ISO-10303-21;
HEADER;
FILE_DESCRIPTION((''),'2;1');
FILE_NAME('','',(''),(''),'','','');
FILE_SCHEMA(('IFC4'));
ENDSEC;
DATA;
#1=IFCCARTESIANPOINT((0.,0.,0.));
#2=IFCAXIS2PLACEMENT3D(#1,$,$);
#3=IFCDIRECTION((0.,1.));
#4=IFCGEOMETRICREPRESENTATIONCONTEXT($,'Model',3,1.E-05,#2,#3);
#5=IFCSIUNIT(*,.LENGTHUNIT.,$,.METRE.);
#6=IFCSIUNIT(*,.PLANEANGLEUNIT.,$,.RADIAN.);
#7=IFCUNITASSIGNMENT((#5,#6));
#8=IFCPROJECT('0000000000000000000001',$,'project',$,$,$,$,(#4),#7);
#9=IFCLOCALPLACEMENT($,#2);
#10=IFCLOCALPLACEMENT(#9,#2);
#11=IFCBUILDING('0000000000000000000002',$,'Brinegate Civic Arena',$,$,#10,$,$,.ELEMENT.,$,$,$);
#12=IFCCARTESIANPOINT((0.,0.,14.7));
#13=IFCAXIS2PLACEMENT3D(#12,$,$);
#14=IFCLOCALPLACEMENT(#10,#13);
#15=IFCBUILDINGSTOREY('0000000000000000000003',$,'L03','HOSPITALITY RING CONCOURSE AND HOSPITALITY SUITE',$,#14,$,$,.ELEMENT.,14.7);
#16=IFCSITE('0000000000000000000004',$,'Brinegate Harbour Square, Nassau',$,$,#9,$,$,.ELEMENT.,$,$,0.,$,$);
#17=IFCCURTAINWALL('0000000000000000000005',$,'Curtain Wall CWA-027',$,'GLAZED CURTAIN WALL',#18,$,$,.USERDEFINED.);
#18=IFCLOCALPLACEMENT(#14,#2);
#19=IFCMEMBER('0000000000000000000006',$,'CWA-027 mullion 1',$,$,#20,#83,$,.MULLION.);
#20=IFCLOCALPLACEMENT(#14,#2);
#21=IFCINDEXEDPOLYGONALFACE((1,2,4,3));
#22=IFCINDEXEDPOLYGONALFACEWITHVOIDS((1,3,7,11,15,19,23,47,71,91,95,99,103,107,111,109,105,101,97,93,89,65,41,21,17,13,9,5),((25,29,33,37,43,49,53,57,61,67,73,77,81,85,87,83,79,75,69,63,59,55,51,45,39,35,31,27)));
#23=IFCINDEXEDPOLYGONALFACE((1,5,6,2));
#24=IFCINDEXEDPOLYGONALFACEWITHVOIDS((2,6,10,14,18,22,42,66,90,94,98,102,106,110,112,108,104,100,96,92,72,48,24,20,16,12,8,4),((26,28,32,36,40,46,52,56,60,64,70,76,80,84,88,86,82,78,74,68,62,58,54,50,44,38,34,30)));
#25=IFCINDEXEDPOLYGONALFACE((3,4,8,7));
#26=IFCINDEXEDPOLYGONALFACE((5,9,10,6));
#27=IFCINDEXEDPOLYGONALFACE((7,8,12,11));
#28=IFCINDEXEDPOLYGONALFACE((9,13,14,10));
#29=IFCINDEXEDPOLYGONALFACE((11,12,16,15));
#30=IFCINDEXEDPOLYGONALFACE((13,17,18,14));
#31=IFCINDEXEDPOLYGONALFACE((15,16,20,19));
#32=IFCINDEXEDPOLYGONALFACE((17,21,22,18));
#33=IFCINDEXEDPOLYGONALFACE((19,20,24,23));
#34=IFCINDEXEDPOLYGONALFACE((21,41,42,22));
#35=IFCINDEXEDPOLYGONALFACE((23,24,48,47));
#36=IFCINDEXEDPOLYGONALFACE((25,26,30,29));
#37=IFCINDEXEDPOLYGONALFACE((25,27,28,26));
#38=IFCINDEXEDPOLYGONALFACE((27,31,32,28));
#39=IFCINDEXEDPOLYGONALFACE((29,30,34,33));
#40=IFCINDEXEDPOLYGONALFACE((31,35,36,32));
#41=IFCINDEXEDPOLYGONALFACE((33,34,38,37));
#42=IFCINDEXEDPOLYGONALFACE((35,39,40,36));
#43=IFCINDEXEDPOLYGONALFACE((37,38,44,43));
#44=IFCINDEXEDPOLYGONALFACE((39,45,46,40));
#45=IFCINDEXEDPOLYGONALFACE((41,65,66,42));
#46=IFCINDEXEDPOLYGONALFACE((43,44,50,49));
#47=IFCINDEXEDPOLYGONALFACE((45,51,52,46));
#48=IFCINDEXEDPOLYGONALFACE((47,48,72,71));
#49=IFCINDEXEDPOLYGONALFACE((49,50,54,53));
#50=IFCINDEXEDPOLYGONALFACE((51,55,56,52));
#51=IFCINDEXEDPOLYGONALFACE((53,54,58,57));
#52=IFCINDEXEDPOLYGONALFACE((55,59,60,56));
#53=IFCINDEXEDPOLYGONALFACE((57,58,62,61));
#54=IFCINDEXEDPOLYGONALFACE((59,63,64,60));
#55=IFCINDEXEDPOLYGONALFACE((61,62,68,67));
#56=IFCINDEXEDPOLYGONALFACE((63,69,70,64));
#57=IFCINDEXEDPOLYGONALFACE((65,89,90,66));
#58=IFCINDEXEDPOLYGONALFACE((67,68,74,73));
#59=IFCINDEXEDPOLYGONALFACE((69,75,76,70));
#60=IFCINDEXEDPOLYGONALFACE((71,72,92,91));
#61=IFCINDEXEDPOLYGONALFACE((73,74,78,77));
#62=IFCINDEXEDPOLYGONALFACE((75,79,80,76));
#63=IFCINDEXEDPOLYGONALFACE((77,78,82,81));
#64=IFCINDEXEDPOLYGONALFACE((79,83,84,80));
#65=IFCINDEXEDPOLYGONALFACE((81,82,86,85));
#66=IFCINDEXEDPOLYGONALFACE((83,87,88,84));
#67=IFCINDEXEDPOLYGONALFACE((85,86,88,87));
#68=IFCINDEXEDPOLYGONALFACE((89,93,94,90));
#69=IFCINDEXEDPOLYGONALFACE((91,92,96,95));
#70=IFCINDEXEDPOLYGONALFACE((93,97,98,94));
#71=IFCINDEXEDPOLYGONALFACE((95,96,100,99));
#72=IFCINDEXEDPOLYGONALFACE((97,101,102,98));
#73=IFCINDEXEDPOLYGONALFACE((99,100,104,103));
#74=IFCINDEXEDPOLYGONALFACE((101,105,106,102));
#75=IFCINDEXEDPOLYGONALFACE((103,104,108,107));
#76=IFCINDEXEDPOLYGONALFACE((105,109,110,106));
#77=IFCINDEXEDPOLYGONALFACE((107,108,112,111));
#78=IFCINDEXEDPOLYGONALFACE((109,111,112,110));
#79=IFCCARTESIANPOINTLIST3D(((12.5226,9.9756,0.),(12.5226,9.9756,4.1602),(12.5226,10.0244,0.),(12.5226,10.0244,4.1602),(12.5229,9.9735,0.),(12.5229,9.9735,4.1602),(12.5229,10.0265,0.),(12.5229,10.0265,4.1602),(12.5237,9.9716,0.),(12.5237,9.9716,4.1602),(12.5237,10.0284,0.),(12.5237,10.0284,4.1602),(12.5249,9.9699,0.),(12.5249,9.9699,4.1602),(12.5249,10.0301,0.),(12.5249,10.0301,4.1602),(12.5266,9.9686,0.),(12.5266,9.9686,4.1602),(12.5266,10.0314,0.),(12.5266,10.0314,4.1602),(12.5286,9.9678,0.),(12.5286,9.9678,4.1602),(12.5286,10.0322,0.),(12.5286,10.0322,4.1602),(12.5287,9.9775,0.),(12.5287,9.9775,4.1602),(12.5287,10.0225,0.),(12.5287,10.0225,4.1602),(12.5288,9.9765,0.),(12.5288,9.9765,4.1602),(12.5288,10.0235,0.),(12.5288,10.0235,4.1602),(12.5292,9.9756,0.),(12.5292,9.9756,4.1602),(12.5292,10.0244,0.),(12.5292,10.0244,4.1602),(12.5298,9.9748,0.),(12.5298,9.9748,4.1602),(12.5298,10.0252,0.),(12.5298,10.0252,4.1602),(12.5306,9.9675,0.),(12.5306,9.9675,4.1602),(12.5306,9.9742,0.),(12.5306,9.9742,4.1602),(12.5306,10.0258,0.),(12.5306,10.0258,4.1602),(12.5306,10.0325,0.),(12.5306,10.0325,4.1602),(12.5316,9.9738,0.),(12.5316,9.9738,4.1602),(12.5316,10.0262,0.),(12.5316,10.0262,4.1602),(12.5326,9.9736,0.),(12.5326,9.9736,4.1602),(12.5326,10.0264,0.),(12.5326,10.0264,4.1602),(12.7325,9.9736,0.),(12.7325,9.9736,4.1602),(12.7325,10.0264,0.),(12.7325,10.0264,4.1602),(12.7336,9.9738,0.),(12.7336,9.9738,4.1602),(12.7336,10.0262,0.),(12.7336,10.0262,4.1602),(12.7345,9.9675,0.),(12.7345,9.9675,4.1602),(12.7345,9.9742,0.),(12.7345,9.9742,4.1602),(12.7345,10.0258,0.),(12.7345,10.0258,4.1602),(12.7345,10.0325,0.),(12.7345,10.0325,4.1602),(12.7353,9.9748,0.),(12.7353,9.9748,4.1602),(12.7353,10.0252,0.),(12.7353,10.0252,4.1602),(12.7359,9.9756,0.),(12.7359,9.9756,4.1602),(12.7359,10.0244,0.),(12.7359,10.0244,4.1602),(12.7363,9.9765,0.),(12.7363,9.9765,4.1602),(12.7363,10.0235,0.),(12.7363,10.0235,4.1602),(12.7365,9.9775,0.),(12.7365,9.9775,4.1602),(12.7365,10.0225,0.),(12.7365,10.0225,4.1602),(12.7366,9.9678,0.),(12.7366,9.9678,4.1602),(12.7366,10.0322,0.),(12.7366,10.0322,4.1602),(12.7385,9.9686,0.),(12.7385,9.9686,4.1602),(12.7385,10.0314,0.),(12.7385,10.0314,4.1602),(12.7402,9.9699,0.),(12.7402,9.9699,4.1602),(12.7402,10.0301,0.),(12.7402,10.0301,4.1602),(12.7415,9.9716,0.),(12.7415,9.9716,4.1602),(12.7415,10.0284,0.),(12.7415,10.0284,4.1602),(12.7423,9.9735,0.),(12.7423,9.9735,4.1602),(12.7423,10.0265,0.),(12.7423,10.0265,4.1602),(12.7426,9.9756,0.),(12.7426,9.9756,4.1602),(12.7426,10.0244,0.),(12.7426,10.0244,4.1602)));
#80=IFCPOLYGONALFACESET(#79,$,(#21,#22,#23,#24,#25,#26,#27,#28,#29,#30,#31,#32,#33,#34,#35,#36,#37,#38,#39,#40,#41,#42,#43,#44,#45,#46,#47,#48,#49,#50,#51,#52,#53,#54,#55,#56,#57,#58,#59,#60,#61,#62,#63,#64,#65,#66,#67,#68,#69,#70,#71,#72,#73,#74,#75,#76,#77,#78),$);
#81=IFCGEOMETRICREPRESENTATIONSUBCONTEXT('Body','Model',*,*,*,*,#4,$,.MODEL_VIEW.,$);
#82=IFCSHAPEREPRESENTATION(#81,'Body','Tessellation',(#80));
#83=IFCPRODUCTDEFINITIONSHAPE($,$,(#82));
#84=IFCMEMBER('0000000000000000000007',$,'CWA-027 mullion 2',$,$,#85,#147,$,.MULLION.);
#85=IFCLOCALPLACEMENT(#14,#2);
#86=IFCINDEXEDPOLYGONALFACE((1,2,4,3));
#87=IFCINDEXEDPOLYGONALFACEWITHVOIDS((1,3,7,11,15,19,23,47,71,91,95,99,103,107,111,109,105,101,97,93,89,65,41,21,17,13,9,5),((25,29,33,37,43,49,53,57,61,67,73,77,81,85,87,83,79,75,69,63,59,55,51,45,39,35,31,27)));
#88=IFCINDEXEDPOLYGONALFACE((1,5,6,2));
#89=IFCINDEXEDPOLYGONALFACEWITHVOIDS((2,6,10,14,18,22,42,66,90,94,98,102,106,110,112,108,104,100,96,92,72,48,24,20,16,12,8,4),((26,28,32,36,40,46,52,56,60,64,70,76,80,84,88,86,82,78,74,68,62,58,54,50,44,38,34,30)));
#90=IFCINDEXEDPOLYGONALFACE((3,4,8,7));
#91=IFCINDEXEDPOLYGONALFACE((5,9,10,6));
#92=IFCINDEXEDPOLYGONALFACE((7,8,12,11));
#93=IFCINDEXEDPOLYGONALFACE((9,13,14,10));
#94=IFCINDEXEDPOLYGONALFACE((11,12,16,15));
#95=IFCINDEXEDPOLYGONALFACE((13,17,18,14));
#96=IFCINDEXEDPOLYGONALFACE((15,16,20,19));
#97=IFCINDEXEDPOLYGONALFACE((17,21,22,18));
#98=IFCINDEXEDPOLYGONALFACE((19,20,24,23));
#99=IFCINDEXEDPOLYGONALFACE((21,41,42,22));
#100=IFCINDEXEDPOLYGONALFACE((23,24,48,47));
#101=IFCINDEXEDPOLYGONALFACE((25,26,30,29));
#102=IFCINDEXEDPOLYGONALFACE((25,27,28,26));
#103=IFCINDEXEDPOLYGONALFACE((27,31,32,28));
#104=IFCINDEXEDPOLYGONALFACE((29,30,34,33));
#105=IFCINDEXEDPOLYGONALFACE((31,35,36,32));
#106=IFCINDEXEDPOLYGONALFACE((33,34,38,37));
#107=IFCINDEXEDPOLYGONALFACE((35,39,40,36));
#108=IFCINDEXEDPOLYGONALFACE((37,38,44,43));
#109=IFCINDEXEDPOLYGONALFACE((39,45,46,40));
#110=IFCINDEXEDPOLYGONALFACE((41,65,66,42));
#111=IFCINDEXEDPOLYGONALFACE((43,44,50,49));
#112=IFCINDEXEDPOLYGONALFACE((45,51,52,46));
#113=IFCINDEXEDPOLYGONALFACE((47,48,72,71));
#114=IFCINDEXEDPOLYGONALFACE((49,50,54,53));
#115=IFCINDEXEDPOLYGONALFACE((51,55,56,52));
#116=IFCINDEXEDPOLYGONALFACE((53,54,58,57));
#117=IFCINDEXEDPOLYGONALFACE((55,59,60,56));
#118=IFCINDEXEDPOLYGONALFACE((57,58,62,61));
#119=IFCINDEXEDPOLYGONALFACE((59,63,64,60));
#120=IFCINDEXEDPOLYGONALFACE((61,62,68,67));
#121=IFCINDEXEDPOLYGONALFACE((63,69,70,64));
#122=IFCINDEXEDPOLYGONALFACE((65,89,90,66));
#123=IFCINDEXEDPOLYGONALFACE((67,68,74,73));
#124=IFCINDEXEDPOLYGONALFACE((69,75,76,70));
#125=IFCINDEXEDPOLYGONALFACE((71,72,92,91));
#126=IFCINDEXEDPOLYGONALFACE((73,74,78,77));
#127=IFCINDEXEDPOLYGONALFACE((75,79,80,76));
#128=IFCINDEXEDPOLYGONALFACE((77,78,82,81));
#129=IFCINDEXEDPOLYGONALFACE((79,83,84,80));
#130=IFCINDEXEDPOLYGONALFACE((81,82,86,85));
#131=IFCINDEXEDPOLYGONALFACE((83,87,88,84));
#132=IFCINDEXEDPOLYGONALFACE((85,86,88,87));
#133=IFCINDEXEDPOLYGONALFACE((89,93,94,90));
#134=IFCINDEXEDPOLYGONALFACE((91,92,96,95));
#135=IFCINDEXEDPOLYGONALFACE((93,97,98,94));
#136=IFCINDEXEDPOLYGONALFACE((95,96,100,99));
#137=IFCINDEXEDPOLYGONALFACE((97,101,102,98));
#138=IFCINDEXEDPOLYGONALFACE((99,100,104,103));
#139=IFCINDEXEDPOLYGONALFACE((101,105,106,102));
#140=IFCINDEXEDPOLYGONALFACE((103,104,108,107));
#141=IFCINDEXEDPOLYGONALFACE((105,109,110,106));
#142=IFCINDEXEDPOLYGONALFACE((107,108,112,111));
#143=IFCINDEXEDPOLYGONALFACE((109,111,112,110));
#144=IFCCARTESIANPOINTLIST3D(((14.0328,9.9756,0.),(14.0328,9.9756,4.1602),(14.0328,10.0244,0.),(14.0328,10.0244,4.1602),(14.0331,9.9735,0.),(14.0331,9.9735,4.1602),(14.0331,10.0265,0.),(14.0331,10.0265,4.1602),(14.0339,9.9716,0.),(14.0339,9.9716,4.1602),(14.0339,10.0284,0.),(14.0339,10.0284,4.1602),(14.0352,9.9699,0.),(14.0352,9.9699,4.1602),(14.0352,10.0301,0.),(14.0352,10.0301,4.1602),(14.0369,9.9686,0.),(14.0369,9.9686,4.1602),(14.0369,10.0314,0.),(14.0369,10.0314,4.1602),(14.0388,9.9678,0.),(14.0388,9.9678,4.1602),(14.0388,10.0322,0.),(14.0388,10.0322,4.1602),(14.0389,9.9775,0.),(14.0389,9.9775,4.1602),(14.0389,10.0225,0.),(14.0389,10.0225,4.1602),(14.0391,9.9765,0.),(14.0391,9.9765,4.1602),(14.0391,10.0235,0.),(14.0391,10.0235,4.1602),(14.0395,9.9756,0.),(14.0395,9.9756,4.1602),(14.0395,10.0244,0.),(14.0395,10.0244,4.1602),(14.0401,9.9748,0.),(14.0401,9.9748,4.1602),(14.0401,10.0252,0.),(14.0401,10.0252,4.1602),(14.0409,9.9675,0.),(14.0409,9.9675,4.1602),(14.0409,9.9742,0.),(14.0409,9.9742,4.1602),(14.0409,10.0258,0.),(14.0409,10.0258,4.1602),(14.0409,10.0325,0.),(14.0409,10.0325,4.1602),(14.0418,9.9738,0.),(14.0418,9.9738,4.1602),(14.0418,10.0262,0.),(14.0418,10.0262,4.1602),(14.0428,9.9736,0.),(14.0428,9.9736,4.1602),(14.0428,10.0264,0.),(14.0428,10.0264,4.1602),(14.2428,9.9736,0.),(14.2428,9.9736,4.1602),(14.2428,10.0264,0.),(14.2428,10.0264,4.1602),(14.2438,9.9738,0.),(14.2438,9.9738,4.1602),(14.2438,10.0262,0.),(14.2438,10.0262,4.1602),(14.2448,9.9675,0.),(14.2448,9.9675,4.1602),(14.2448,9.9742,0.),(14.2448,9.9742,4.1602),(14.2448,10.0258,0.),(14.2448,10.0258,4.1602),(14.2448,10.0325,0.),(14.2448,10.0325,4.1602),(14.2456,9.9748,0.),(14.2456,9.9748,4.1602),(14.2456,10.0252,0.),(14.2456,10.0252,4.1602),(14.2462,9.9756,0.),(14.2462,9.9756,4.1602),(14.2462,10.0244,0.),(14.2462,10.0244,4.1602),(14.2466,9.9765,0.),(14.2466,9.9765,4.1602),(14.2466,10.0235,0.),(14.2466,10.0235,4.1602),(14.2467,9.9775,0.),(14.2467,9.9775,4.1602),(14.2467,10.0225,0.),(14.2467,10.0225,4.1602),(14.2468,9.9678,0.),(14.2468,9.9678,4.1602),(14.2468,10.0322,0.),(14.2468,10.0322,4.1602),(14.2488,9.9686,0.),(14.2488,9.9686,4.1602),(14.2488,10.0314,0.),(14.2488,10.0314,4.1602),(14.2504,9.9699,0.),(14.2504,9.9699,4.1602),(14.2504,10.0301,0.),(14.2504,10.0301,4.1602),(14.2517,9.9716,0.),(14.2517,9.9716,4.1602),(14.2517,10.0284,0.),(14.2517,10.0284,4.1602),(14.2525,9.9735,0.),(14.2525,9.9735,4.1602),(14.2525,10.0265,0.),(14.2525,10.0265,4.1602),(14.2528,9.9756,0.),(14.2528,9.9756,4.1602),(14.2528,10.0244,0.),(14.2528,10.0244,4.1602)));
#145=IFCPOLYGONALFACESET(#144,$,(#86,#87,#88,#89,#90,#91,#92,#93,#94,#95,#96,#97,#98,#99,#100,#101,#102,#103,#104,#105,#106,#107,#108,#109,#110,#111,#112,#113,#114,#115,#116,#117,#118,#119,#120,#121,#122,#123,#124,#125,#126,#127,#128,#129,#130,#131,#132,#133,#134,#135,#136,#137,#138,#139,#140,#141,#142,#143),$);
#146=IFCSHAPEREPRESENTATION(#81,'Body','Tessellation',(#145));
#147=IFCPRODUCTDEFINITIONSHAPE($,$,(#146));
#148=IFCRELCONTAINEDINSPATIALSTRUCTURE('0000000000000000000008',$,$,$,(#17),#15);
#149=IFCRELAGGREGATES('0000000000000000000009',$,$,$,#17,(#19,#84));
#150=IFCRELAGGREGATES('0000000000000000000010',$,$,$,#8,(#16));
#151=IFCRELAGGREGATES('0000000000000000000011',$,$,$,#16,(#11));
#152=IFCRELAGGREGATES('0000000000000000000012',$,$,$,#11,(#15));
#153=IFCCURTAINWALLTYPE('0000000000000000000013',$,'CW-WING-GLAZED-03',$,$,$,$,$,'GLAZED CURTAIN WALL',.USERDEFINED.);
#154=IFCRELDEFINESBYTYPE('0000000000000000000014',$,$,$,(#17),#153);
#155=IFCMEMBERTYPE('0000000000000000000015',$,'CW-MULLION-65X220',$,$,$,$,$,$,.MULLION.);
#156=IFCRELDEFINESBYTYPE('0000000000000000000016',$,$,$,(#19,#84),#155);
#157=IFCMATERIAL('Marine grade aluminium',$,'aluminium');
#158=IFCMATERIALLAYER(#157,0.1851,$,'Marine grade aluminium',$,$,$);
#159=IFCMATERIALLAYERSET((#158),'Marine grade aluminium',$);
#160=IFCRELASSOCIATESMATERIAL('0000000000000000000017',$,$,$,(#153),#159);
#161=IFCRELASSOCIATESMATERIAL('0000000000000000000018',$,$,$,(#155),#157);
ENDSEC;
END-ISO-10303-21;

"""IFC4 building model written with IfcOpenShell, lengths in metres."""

from ifc_helpers import new_model, si_unit, direction, frame, origin, origin_2d, place, context, subcontext, project, spatial, hollow_rectangle, extrude, material, layer, layer_set, material_profile, profile_set, type_object, element, aggregate, save


model = new_model("IFC4")

# Units and contexts
model_context = context("Model", 3, precision=1e-05, world=origin(), true_north=direction((0.0, 1.0)))
body_context = subcontext(model_context, "Body", "Model", "MODEL_VIEW")
ifc_project = project(units=[si_unit("LENGTHUNIT", "METRE"), si_unit("PLANEANGLEUNIT", "RADIAN")], contexts=[model_context])

# Site, building, storey
site_placement = place(None, origin())
site = spatial("IfcSite", under=ifc_project, at=site_placement, Name="Brinegate Harbour Square, Nassau", CompositionType="ELEMENT", RefElevation=0.0)
building_placement = place(site_placement, origin())
building = spatial("IfcBuilding", under=site, at=building_placement, Name="Brinegate Civic Arena", CompositionType="ELEMENT")
storey_placement = place(building_placement, frame((0.0, 0.0, 14.7)))
storey = spatial("IfcBuildingStorey", under=building, at=storey_placement, Name="L03", Description="HOSPITALITY RING CONCOURSE AND HOSPITALITY SUITE", CompositionType="ELEMENT", Elevation=14.7)

# Curtain wall, members
ifc_material_1 = material(Name="Marine grade aluminium", Category="aluminium")
ifc_layer_1 = layer(ifc_material_1, 0.1851, Name="Marine grade aluminium")
ifc_layer_set_1 = layer_set([ifc_layer_1], Name="Marine grade aluminium")
curtain_wall_type = type_object("IfcCurtainWallType", Name="CW-WING-GLAZED-03", ElementType="GLAZED CURTAIN WALL", PredefinedType="USERDEFINED", material=ifc_layer_set_1)
curtain_wall_placement = place(storey_placement, origin())
curtain_wall = element("IfcCurtainWall", 1, at=curtain_wall_placement, inside=storey, type_object=curtain_wall_type, Name="Curtain Wall CWA-027", ObjectType="GLAZED CURTAIN WALL", PredefinedType="USERDEFINED")
ifc_material_profile_1 = material_profile(ifc_material_1, hollow_rectangle(XDim=0.0649, YDim=0.22, WallThickness=0.0061, InnerFilletRadius=0.0039, OuterFilletRadius=0.0081, at=origin_2d()), Name="MUL65X220")
ifc_profile_set_1 = profile_set([ifc_material_profile_1], Name="Marine grade aluminium")
member_type_1 = type_object("IfcMemberType", Name="CW-MULLION-65X220", PredefinedType="MULLION", material=ifc_profile_set_1)
member_1_placement = place(storey_placement, frame((12.6326, 10.0, 0.0), z_axis=(0.0, 0.0, 1.0), x_axis=(0.0, 1.0, 0.0)))
member_1 = element("IfcMember", 2, at=member_1_placement, type_object=member_type_1, Name="CWA-027 mullion 1", PredefinedType="MULLION", context=body_context, shape_type="SweptSolid", body=[
    extrude(hollow_rectangle(XDim=0.0649, YDim=0.22, WallThickness=0.0061, InnerFilletRadius=0.0039, OuterFilletRadius=0.0081, at=origin_2d()), origin(), (0.0, 0.0, 1.0), 4.1602),
])
member_2_placement = place(storey_placement, frame((14.1428, 10.0, 0.0), z_axis=(0.0, 0.0, 1.0), x_axis=(0.0, 1.0, 0.0)))
member_2 = element("IfcMember", 3, at=member_2_placement, type_object=member_type_1, Name="CWA-027 mullion 2", PredefinedType="MULLION", context=body_context, shape_type="SweptSolid", body=[
    extrude(hollow_rectangle(XDim=0.0649, YDim=0.22, WallThickness=0.0061, InnerFilletRadius=0.0039, OuterFilletRadius=0.0081, at=origin_2d()), origin(), (0.0, 0.0, 1.0), 4.1602),
])

aggregate(curtain_wall, [member_1, member_2])

save(model, "model.ifc")
